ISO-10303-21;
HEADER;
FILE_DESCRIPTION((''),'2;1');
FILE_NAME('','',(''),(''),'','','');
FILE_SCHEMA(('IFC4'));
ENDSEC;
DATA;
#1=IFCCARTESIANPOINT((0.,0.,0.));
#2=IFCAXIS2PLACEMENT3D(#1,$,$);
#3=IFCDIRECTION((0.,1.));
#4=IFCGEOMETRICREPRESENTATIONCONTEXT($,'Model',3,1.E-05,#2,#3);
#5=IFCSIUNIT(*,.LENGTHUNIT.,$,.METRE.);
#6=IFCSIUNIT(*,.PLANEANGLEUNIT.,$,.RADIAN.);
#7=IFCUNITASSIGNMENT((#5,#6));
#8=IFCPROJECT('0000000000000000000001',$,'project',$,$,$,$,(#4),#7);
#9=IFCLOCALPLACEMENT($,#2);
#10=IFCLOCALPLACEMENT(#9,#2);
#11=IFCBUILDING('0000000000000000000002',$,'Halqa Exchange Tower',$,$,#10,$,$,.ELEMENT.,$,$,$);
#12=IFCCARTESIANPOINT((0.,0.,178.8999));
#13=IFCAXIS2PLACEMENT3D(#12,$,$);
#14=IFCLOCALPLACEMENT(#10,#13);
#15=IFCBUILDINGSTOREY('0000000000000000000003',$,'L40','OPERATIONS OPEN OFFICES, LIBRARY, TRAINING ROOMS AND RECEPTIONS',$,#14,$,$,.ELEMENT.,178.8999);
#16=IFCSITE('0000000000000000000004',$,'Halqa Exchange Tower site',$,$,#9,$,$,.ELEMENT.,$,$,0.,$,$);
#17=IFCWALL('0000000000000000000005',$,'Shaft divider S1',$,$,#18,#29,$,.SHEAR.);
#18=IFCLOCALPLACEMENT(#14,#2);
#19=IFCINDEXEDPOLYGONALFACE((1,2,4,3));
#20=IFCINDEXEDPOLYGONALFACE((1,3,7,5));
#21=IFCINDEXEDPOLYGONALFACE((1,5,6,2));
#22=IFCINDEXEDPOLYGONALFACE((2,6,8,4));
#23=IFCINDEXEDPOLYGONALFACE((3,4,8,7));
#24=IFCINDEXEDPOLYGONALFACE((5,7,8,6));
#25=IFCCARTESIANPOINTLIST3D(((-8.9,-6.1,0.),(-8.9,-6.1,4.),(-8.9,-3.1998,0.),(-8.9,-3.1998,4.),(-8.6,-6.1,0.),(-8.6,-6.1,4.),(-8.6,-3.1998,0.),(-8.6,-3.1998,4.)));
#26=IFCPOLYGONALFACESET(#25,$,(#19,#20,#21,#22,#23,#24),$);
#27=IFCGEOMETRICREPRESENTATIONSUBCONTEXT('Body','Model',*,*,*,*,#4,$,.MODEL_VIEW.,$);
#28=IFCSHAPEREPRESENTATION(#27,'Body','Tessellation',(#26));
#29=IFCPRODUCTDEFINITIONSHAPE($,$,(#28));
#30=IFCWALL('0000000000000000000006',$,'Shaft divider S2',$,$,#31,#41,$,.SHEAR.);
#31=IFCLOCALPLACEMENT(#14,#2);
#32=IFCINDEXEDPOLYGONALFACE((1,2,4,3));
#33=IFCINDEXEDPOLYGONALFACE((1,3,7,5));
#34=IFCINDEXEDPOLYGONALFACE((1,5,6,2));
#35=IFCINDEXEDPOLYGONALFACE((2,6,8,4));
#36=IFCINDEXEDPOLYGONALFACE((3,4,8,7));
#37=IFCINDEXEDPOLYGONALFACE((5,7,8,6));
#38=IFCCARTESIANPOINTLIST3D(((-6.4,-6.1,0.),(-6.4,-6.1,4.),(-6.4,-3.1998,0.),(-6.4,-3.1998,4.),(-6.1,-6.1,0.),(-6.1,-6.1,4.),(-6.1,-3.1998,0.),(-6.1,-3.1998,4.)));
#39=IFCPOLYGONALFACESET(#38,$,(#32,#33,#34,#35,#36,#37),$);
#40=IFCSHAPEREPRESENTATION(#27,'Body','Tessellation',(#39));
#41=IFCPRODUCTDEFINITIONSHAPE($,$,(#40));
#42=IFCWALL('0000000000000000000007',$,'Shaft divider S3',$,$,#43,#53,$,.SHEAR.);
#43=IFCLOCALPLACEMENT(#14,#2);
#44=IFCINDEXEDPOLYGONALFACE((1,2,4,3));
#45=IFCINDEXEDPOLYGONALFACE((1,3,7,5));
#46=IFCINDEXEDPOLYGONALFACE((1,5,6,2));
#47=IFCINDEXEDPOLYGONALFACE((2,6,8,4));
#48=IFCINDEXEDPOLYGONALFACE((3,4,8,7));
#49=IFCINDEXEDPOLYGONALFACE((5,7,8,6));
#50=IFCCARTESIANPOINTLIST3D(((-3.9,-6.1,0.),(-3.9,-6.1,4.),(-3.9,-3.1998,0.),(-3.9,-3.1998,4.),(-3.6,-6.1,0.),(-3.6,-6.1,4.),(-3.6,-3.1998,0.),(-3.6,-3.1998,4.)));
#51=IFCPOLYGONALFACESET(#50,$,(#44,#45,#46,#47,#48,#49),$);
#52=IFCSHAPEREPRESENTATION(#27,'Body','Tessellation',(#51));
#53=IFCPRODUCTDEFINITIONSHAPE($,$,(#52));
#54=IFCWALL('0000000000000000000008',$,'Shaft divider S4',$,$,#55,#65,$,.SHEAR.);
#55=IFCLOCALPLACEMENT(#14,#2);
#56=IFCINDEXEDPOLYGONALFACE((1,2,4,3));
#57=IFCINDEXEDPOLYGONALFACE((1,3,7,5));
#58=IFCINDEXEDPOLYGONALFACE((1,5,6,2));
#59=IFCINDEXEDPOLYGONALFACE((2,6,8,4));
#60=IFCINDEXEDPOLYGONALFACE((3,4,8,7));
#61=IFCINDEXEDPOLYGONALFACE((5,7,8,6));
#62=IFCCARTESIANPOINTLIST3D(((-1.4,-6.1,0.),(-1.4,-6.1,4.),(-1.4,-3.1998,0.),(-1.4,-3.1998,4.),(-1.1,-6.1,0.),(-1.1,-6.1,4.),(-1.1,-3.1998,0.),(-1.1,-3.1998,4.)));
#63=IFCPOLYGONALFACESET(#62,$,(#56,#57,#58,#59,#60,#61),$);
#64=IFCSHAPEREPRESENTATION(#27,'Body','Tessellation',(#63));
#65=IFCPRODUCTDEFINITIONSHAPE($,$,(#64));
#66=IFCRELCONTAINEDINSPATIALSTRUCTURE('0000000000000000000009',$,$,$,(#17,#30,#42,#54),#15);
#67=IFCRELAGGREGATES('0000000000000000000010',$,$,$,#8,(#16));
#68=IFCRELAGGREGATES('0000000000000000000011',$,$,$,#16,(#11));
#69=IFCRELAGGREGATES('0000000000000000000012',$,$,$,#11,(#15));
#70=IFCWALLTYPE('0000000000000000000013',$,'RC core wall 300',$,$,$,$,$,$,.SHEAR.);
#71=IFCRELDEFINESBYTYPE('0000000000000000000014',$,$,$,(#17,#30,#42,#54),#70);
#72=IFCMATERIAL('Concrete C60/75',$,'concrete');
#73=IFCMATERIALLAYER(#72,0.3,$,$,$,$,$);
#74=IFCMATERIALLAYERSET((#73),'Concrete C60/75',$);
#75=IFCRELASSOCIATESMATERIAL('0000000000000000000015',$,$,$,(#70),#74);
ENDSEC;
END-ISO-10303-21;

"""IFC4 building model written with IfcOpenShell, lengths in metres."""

from ifc_helpers import new_model, si_unit, direction, frame, frame_2d, origin, place, context, subcontext, project, spatial, rectangle, extrude, material, layer, layer_set, type_object, element, save


model = new_model("IFC4")

# Units and contexts
model_context = context("Model", 3, precision=1e-05, world=origin(), true_north=direction((0.0, 1.0)))
body_context = subcontext(model_context, "Body", "Model", "MODEL_VIEW")
ifc_project = project(units=[si_unit("LENGTHUNIT", "METRE"), si_unit("PLANEANGLEUNIT", "RADIAN")], contexts=[model_context])

# Site, building, storey
site_placement = place(None, origin())
site = spatial("IfcSite", under=ifc_project, at=site_placement, Name="Halqa Exchange Tower site", CompositionType="ELEMENT", RefElevation=0.0)
building_placement = place(site_placement, origin())
building = spatial("IfcBuilding", under=site, at=building_placement, Name="Halqa Exchange Tower", CompositionType="ELEMENT")
storey_placement = place(building_placement, frame((0.0, 0.0, 178.8999)))
storey = spatial("IfcBuildingStorey", under=building, at=storey_placement, Name="L40", Description="OPERATIONS OPEN OFFICES, LIBRARY, TRAINING ROOMS AND RECEPTIONS", CompositionType="ELEMENT", Elevation=178.8999)

# Walls
ifc_material_1 = material(Name="Concrete C60/75", Category="concrete")
ifc_layer_1 = layer(ifc_material_1, 0.3)
ifc_layer_set_1 = layer_set([ifc_layer_1], Name="Concrete C60/75")
wall_type_1 = type_object("IfcWallType", Name="RC core wall 300", PredefinedType="SHEAR", material=ifc_layer_set_1)
for number, where, z_axis, x_axis, name in (
    (1, (-8.75, -6.1001, 0.0), (0.0, 0.0, 1.0), (0.0, 1.0, 0.0), "Shaft divider S1"),
    (2, (-6.25, -6.1001, 0.0), (0.0, 0.0, 1.0), (0.0, 1.0, 0.0), "Shaft divider S2"),
    (3, (-3.75, -6.1001, 0.0), (0.0, 0.0, 1.0), (0.0, 1.0, 0.0), "Shaft divider S3"),
    (4, (-1.25, -6.1001, 0.0), (0.0, 0.0, 1.0), (0.0, 1.0, 0.0), "Shaft divider S4"),
):
    element("IfcWall", number, at=place(storey_placement, frame(where, z_axis=z_axis, x_axis=x_axis)), inside=storey, type_object=wall_type_1, Name=name, PredefinedType="SHEAR", context=body_context, shape_type="SweptSolid", body=[
        extrude(rectangle(XDim=2.9001, YDim=0.3, at=frame_2d((1.4502, 0.0))), origin(), (0.0, 0.0, 1.0), 4.0),
    ])

save(model, "model.ifc")
